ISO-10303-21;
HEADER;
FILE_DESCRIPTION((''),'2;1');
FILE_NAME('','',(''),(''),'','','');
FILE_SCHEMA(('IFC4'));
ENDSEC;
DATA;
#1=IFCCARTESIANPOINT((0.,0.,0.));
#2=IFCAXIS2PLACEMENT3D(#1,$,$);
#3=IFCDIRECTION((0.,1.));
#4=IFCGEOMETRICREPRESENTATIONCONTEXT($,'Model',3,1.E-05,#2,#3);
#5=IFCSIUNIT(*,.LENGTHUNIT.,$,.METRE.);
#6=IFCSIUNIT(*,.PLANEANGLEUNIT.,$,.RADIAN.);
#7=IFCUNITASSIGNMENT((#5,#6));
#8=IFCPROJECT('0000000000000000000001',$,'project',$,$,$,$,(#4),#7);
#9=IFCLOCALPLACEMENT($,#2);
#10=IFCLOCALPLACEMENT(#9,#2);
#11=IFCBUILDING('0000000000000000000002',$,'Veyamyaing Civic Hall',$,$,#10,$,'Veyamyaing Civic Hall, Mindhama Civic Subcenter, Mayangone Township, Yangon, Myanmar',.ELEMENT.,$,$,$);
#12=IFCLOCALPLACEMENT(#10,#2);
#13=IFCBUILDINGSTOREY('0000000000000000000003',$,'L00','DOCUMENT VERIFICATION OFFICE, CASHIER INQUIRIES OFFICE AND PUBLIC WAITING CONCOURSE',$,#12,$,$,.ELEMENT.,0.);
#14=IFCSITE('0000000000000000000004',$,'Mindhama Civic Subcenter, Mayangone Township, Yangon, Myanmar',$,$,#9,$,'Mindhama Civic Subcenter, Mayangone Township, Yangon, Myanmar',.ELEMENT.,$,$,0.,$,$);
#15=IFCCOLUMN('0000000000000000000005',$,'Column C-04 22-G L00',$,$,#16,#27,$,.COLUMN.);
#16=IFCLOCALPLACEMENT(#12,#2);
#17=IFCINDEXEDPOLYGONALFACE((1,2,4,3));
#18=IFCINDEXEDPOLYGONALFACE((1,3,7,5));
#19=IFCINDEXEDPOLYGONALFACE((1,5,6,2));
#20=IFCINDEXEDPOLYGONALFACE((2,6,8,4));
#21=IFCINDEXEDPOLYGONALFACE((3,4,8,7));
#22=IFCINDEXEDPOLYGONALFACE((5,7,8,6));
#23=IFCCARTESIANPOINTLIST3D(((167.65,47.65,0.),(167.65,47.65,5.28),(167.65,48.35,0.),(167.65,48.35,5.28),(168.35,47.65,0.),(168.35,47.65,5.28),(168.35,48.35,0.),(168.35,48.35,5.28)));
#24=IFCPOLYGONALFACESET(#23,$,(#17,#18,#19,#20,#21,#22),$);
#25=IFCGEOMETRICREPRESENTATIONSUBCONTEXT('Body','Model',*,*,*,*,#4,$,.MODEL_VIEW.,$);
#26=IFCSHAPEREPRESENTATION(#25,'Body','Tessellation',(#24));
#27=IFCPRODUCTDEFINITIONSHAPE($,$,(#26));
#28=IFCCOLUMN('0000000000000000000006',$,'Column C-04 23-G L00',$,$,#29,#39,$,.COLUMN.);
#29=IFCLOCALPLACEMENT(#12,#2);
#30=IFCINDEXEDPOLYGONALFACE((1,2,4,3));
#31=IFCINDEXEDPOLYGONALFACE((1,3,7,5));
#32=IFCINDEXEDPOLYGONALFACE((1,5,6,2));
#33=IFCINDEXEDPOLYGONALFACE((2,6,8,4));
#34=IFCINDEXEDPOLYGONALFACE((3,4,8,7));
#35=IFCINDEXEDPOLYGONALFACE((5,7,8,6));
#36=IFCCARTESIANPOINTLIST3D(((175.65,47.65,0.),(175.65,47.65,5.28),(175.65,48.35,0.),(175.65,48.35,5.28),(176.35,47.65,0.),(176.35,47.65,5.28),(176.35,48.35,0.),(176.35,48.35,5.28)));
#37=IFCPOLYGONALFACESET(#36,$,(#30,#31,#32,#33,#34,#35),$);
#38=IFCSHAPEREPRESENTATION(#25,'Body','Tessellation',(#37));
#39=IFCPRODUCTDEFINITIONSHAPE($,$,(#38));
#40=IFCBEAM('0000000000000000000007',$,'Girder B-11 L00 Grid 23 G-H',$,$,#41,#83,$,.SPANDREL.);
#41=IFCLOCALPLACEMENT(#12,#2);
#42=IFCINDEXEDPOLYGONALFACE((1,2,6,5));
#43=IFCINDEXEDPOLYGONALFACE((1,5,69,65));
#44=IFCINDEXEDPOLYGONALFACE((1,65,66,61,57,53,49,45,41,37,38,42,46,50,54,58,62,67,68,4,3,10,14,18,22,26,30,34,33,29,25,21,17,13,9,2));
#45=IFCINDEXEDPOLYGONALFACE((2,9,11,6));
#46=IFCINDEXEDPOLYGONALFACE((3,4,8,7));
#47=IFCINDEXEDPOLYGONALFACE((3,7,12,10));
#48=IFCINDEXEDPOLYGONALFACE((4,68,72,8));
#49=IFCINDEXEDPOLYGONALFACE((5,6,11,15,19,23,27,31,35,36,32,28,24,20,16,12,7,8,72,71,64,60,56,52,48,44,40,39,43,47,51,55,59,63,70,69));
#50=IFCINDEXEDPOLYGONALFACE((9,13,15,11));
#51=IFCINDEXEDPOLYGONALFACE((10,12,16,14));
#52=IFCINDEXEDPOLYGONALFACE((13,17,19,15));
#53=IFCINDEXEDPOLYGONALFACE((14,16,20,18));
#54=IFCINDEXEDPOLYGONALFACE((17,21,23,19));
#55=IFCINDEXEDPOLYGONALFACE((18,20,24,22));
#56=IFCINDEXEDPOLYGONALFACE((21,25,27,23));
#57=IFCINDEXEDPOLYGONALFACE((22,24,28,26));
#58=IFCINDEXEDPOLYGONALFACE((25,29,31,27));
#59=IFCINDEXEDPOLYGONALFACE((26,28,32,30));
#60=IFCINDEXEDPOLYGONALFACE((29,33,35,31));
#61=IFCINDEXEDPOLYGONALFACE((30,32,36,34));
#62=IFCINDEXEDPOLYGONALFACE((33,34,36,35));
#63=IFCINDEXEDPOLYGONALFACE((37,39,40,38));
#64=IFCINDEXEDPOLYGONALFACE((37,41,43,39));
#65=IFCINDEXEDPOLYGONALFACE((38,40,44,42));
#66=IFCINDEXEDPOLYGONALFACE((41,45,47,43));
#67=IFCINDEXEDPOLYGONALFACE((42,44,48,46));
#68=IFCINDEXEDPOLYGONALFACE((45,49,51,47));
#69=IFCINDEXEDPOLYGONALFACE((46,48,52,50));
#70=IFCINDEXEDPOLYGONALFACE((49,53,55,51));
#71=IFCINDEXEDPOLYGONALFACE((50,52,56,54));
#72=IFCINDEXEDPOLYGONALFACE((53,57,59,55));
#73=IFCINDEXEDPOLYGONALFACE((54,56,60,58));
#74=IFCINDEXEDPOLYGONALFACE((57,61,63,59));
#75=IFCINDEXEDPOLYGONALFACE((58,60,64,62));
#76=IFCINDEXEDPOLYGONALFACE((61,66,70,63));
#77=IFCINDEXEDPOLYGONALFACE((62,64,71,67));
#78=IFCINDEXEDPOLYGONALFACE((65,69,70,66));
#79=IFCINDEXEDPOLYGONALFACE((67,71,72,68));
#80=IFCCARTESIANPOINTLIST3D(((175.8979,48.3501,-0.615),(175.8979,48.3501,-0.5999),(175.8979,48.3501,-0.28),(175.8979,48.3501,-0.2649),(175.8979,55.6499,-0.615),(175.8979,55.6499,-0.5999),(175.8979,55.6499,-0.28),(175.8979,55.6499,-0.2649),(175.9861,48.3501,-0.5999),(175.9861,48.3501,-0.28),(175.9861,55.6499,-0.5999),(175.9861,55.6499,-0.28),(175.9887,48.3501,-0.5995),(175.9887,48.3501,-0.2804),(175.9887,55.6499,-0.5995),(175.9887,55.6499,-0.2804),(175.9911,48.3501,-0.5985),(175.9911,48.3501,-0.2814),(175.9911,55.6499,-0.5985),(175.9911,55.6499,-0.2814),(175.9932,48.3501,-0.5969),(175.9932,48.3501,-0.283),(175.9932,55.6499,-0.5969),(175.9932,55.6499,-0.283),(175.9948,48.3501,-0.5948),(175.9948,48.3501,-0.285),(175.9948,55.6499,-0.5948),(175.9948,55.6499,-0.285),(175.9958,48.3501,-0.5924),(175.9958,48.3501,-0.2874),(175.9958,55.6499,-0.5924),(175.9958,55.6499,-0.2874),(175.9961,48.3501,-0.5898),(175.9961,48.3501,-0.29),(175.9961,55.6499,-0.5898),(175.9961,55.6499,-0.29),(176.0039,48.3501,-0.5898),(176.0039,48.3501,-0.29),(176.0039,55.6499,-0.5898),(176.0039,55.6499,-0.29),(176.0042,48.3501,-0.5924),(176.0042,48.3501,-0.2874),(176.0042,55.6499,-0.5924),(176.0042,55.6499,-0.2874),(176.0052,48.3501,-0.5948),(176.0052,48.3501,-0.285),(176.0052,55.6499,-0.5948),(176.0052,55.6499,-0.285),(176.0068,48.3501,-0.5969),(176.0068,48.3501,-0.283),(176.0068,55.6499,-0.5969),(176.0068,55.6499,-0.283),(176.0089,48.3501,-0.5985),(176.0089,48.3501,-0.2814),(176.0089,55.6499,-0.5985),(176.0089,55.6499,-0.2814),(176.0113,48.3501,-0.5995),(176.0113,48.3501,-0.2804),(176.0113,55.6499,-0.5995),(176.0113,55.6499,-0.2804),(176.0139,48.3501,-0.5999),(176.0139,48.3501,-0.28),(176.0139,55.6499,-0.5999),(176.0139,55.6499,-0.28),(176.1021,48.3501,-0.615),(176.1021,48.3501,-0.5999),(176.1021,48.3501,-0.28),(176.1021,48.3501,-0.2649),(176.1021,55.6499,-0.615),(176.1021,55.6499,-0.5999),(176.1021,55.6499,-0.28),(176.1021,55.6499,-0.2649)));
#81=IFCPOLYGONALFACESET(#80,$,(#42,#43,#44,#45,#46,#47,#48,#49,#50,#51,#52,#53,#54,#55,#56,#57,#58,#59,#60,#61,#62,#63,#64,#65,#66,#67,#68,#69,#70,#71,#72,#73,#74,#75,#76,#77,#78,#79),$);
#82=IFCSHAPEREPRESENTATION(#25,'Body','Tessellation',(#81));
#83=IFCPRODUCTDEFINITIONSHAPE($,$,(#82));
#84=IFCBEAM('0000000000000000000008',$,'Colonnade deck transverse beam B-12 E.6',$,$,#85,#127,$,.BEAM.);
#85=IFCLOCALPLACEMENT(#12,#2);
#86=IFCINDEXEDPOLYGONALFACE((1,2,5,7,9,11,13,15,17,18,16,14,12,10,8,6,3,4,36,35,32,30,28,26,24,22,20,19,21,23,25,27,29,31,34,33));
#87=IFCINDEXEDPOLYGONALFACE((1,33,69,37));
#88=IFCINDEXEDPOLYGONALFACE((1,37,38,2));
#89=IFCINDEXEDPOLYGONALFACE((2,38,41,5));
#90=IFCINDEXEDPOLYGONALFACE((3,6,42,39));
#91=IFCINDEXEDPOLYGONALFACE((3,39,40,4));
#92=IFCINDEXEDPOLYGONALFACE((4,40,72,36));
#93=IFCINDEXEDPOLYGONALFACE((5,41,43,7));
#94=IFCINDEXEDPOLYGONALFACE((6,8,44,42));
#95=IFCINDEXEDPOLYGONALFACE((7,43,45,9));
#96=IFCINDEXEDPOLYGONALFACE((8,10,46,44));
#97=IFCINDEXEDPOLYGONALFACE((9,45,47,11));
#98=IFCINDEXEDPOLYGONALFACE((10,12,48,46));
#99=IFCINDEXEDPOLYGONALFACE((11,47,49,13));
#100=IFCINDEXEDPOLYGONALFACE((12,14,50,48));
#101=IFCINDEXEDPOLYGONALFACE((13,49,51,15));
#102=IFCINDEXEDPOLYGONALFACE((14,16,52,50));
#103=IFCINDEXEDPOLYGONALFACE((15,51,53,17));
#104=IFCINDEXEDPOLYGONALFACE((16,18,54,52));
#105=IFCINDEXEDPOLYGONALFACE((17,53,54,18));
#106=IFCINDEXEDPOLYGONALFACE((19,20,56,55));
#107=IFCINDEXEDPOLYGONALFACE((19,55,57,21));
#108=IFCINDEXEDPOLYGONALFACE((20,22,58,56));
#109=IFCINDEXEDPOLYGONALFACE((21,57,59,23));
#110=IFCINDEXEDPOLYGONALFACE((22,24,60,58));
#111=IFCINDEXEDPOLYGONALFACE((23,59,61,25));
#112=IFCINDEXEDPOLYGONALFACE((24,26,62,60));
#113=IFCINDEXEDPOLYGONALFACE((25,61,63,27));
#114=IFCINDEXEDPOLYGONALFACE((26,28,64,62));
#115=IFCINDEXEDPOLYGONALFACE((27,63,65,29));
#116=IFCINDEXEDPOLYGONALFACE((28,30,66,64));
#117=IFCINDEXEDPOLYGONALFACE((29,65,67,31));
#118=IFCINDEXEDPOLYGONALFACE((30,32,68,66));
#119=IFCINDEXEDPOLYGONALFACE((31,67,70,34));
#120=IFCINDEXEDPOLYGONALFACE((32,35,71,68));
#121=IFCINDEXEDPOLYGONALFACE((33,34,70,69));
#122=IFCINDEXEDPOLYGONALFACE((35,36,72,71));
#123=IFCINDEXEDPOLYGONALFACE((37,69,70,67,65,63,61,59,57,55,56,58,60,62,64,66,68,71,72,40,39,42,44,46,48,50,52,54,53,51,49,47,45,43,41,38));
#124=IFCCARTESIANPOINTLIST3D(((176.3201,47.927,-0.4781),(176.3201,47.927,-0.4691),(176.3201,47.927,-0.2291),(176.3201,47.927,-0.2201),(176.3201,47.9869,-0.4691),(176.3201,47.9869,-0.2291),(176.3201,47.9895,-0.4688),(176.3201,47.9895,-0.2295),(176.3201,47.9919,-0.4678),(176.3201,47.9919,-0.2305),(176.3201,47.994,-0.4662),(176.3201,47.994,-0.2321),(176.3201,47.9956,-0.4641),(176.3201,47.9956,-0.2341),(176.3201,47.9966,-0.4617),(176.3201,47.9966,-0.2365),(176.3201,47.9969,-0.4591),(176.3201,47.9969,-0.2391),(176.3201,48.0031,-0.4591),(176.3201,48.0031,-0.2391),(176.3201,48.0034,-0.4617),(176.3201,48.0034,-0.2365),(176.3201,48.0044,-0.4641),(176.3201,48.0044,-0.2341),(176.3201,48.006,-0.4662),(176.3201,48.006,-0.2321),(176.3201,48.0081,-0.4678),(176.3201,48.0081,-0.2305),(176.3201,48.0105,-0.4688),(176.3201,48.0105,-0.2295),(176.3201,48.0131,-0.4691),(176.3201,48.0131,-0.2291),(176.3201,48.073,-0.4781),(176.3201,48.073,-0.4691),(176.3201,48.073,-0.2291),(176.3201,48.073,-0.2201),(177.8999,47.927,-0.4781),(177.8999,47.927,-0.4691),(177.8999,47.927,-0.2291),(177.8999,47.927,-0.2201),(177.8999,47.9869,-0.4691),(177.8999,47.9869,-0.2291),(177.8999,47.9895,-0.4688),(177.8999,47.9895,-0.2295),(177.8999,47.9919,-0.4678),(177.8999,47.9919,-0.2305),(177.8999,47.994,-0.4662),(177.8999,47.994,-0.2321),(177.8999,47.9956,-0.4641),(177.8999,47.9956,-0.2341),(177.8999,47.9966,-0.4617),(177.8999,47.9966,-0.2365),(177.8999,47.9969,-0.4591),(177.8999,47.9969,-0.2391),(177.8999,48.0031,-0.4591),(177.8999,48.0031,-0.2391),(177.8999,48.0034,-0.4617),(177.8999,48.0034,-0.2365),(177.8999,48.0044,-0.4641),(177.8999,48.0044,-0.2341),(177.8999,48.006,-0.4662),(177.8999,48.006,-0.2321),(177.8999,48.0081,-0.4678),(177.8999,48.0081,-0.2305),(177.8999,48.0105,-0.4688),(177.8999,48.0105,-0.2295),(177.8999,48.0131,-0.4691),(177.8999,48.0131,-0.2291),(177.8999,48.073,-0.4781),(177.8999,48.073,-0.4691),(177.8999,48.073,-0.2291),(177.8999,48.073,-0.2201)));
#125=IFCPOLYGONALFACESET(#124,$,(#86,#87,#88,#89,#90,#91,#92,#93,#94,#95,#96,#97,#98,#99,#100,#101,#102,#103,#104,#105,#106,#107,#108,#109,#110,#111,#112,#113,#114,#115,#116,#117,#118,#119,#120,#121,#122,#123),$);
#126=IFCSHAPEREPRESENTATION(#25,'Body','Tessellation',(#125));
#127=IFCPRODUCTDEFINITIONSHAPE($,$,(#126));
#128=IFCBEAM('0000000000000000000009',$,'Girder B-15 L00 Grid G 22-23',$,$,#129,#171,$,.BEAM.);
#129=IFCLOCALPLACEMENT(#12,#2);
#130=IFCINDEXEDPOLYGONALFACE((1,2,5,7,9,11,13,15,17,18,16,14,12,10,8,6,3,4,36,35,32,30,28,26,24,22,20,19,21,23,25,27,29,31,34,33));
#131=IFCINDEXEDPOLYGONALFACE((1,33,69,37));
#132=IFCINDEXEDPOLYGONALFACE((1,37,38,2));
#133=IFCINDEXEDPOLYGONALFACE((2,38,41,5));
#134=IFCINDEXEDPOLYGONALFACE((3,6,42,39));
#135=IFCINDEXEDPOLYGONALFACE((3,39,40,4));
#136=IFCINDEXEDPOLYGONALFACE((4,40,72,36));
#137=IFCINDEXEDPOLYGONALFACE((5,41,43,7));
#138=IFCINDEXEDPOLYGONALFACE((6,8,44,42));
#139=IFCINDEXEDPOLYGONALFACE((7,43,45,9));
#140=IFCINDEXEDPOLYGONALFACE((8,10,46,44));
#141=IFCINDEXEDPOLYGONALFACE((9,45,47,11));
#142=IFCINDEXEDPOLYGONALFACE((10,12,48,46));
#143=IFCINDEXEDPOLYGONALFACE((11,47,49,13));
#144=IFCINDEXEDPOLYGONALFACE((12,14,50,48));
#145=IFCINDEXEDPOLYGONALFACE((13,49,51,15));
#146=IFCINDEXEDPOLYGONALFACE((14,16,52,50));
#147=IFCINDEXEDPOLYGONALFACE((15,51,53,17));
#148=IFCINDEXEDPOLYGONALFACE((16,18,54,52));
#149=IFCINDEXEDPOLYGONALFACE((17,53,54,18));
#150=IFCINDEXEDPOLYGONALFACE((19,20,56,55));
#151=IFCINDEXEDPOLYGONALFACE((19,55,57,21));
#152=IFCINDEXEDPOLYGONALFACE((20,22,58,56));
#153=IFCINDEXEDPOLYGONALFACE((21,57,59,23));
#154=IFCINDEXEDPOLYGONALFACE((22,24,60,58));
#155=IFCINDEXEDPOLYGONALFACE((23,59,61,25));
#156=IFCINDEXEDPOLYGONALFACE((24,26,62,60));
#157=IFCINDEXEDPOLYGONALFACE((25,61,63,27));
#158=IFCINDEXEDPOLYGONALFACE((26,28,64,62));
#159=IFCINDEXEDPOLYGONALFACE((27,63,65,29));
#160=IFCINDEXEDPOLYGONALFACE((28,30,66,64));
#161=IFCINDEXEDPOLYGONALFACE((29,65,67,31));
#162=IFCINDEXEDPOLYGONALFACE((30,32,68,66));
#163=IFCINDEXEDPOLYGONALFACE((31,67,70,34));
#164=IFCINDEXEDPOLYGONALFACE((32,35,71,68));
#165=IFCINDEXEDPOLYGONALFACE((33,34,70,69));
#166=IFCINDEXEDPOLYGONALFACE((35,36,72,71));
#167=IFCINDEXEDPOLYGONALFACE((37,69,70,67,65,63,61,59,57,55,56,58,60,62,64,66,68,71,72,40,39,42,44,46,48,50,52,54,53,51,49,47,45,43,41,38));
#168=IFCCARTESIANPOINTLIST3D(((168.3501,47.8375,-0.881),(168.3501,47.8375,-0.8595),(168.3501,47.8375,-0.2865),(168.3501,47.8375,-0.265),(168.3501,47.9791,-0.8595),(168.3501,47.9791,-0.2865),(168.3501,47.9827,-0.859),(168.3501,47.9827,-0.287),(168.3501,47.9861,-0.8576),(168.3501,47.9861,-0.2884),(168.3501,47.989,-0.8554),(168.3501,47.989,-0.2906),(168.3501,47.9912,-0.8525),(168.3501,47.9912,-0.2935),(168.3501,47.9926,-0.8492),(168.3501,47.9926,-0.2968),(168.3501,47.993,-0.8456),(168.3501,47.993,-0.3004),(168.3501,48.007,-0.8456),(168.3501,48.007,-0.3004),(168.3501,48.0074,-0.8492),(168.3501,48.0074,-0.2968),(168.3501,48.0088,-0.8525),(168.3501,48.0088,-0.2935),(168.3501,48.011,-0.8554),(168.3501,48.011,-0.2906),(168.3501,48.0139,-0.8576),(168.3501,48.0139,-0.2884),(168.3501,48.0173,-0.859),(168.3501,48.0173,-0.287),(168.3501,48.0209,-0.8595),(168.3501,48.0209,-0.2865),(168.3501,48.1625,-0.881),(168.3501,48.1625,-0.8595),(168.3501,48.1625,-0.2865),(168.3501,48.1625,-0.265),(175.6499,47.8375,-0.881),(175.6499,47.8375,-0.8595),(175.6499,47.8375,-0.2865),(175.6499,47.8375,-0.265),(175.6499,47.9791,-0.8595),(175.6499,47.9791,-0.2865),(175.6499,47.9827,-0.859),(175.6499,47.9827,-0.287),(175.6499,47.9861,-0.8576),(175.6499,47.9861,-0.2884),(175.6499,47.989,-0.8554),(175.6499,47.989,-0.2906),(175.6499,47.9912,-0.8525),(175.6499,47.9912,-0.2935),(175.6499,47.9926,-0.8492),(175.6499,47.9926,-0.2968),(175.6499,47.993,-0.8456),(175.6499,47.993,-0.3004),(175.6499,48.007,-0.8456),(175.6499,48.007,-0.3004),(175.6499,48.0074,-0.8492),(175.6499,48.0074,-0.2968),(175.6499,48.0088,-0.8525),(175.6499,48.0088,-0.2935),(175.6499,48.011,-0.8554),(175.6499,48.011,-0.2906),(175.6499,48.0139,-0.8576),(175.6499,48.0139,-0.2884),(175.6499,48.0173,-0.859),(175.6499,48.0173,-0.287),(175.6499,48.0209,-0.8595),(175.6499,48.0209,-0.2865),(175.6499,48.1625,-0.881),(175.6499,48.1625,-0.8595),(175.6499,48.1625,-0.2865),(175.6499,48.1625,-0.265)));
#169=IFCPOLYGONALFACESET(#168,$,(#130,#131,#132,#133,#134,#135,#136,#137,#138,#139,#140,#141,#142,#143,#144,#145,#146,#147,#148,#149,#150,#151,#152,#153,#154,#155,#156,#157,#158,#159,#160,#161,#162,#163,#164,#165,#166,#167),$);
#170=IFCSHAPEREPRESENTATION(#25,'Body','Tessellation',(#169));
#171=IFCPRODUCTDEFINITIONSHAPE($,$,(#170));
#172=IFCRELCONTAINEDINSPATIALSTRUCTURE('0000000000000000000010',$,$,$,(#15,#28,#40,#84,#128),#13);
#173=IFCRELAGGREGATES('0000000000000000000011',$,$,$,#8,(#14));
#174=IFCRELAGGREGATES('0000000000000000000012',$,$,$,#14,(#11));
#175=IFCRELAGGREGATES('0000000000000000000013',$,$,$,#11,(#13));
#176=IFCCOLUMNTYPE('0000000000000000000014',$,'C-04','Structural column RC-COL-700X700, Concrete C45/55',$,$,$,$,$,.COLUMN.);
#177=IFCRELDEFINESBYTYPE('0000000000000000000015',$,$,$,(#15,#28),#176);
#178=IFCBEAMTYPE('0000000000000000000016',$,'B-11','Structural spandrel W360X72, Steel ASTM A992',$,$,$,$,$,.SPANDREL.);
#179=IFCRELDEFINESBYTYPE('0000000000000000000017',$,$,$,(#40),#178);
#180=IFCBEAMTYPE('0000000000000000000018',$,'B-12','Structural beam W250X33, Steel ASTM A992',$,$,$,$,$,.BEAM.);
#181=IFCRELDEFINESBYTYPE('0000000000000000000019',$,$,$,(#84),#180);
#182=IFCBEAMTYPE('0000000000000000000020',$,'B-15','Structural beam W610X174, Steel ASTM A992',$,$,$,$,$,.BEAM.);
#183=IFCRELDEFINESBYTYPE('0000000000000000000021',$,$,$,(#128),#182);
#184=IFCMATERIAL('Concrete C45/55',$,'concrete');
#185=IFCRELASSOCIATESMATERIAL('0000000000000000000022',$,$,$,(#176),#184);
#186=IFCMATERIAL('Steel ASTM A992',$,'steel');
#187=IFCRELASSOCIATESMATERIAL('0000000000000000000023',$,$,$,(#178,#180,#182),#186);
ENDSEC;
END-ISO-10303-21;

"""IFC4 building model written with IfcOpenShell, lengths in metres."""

from ifc_helpers import new_model, si_unit, direction, frame, origin, origin_2d, place, context, subcontext, project, spatial, rectangle, i_section, extrude, material, material_profile, profile_set, type_object, element, save


model = new_model("IFC4")

# Units and contexts
model_context = context("Model", 3, precision=1e-05, world=origin(), true_north=direction((0.0, 1.0)))
body_context = subcontext(model_context, "Body", "Model", "MODEL_VIEW")
ifc_project = project(units=[si_unit("LENGTHUNIT", "METRE"), si_unit("PLANEANGLEUNIT", "RADIAN")], contexts=[model_context])

# Site, building, storey
site_placement = place(None, origin())
site = spatial("IfcSite", under=ifc_project, at=site_placement, Name="Mindhama Civic Subcenter, Mayangone Township, Yangon, Myanmar", LongName="Mindhama Civic Subcenter, Mayangone Township, Yangon, Myanmar", CompositionType="ELEMENT", RefElevation=0.0)
building_placement = place(site_placement, origin())
building = spatial("IfcBuilding", under=site, at=building_placement, Name="Veyamyaing Civic Hall", LongName="Veyamyaing Civic Hall, Mindhama Civic Subcenter, Mayangone Township, Yangon, Myanmar", CompositionType="ELEMENT")
storey_placement = place(building_placement, origin())
storey = spatial("IfcBuildingStorey", under=building, at=storey_placement, Name="L00", Description="DOCUMENT VERIFICATION OFFICE, CASHIER INQUIRIES OFFICE AND PUBLIC WAITING CONCOURSE", CompositionType="ELEMENT", Elevation=0.0)

# Columns
ifc_material_1 = material(Name="Concrete C45/55", Category="concrete")
ifc_material_profile_1 = material_profile(ifc_material_1, rectangle(XDim=0.7, YDim=0.7, at=origin_2d()), Name="RC-COL-700X700")
ifc_profile_set_1 = profile_set([ifc_material_profile_1], Name="Concrete C45/55")
column_type = type_object("IfcColumnType", Name="C-04", Description="Structural column RC-COL-700X700, Concrete C45/55", PredefinedType="COLUMN", material=ifc_profile_set_1)
for number, where, z_axis, x_axis, name in (
    (1, (168.0, 48.0, 0.0), (0.0, 0.0, 1.0), (1.0, 0.0, 0.0), "Column C-04 22-G L00"),
    (2, (176.0, 48.0, 0.0), (0.0, 0.0, 1.0), (1.0, 0.0, 0.0), "Column C-04 23-G L00"),
):
    element("IfcColumn", number, at=place(storey_placement, frame(where, z_axis=z_axis, x_axis=x_axis)), inside=storey, type_object=column_type, Name=name, PredefinedType="COLUMN", context=body_context, shape_type="SweptSolid", body=[
        extrude(rectangle(XDim=0.7, YDim=0.7, at=origin_2d()), origin(), (0.0, 0.0, 1.0), 5.28),
    ])

# Beams
ifc_material_2 = material(Name="Steel ASTM A992", Category="steel")
ifc_material_profile_2 = material_profile(ifc_material_2, i_section(OverallWidth=0.2041, OverallDepth=0.3501, WebThickness=0.0078, FlangeThickness=0.0151, FilletRadius=0.01, at=origin_2d()), Name="W360X72")
ifc_profile_set_2 = profile_set([ifc_material_profile_2], Name="Steel ASTM A992")
beam_type_1 = type_object("IfcBeamType", Name="B-11", Description="Structural spandrel W360X72, Steel ASTM A992", PredefinedType="SPANDREL", material=ifc_profile_set_2)
beam_1_placement = place(storey_placement, frame((176.0, 48.3501, -0.4399), z_axis=(0.0, 1.0, 0.0), x_axis=(-1.0, 0.0, 0.0)))
element("IfcBeam", 3, at=beam_1_placement, inside=storey, type_object=beam_type_1, Name="Girder B-11 L00 Grid 23 G-H", PredefinedType="SPANDREL", context=body_context, shape_type="SweptSolid", body=[
    extrude(i_section(OverallWidth=0.2041, OverallDepth=0.3501, WebThickness=0.0078, FlangeThickness=0.0151, FilletRadius=0.01, at=origin_2d()), origin(), (0.0, 0.0, 1.0), 7.2998),
])
ifc_material_profile_3 = material_profile(ifc_material_2, i_section(OverallWidth=0.146, OverallDepth=0.2581, WebThickness=0.0061, FlangeThickness=0.009, FilletRadius=0.01, at=origin_2d()), Name="W250X33")
ifc_profile_set_3 = profile_set([ifc_material_profile_3], Name="Steel ASTM A992")
beam_type_2 = type_object("IfcBeamType", Name="B-12", Description="Structural beam W250X33, Steel ASTM A992", PredefinedType="BEAM", material=ifc_profile_set_3)
beam_2_placement = place(storey_placement, frame((176.3201, 48.0, -0.3491), z_axis=(1.0, 0.0, 0.0), x_axis=(0.0, 1.0, 0.0)))
element("IfcBeam", 4, at=beam_2_placement, inside=storey, type_object=beam_type_2, Name="Colonnade deck transverse beam B-12 E.6", PredefinedType="BEAM", context=body_context, shape_type="SweptSolid", body=[
    extrude(i_section(OverallWidth=0.146, OverallDepth=0.2581, WebThickness=0.0061, FlangeThickness=0.009, FilletRadius=0.01, at=origin_2d()), origin(), (0.0, 0.0, 1.0), 1.5798),
])
ifc_material_profile_4 = material_profile(ifc_material_2, i_section(OverallWidth=0.325, OverallDepth=0.616, WebThickness=0.0139, FlangeThickness=0.0215, FilletRadius=0.0139, at=origin_2d()), Name="W610X174")
ifc_profile_set_4 = profile_set([ifc_material_profile_4], Name="Steel ASTM A992")
beam_type_3 = type_object("IfcBeamType", Name="B-15", Description="Structural beam W610X174, Steel ASTM A992", PredefinedType="BEAM", material=ifc_profile_set_4)
beam_3_placement = place(storey_placement, frame((168.3501, 48.0, -0.573), z_axis=(1.0, 0.0, 0.0), x_axis=(0.0, 1.0, 0.0)))
element("IfcBeam", 5, at=beam_3_placement, inside=storey, type_object=beam_type_3, Name="Girder B-15 L00 Grid G 22-23", PredefinedType="BEAM", context=body_context, shape_type="SweptSolid", body=[
    extrude(i_section(OverallWidth=0.325, OverallDepth=0.616, WebThickness=0.0139, FlangeThickness=0.0215, FilletRadius=0.0139, at=origin_2d()), origin(), (0.0, 0.0, 1.0), 7.2998),
])

save(model, "model.ifc")
